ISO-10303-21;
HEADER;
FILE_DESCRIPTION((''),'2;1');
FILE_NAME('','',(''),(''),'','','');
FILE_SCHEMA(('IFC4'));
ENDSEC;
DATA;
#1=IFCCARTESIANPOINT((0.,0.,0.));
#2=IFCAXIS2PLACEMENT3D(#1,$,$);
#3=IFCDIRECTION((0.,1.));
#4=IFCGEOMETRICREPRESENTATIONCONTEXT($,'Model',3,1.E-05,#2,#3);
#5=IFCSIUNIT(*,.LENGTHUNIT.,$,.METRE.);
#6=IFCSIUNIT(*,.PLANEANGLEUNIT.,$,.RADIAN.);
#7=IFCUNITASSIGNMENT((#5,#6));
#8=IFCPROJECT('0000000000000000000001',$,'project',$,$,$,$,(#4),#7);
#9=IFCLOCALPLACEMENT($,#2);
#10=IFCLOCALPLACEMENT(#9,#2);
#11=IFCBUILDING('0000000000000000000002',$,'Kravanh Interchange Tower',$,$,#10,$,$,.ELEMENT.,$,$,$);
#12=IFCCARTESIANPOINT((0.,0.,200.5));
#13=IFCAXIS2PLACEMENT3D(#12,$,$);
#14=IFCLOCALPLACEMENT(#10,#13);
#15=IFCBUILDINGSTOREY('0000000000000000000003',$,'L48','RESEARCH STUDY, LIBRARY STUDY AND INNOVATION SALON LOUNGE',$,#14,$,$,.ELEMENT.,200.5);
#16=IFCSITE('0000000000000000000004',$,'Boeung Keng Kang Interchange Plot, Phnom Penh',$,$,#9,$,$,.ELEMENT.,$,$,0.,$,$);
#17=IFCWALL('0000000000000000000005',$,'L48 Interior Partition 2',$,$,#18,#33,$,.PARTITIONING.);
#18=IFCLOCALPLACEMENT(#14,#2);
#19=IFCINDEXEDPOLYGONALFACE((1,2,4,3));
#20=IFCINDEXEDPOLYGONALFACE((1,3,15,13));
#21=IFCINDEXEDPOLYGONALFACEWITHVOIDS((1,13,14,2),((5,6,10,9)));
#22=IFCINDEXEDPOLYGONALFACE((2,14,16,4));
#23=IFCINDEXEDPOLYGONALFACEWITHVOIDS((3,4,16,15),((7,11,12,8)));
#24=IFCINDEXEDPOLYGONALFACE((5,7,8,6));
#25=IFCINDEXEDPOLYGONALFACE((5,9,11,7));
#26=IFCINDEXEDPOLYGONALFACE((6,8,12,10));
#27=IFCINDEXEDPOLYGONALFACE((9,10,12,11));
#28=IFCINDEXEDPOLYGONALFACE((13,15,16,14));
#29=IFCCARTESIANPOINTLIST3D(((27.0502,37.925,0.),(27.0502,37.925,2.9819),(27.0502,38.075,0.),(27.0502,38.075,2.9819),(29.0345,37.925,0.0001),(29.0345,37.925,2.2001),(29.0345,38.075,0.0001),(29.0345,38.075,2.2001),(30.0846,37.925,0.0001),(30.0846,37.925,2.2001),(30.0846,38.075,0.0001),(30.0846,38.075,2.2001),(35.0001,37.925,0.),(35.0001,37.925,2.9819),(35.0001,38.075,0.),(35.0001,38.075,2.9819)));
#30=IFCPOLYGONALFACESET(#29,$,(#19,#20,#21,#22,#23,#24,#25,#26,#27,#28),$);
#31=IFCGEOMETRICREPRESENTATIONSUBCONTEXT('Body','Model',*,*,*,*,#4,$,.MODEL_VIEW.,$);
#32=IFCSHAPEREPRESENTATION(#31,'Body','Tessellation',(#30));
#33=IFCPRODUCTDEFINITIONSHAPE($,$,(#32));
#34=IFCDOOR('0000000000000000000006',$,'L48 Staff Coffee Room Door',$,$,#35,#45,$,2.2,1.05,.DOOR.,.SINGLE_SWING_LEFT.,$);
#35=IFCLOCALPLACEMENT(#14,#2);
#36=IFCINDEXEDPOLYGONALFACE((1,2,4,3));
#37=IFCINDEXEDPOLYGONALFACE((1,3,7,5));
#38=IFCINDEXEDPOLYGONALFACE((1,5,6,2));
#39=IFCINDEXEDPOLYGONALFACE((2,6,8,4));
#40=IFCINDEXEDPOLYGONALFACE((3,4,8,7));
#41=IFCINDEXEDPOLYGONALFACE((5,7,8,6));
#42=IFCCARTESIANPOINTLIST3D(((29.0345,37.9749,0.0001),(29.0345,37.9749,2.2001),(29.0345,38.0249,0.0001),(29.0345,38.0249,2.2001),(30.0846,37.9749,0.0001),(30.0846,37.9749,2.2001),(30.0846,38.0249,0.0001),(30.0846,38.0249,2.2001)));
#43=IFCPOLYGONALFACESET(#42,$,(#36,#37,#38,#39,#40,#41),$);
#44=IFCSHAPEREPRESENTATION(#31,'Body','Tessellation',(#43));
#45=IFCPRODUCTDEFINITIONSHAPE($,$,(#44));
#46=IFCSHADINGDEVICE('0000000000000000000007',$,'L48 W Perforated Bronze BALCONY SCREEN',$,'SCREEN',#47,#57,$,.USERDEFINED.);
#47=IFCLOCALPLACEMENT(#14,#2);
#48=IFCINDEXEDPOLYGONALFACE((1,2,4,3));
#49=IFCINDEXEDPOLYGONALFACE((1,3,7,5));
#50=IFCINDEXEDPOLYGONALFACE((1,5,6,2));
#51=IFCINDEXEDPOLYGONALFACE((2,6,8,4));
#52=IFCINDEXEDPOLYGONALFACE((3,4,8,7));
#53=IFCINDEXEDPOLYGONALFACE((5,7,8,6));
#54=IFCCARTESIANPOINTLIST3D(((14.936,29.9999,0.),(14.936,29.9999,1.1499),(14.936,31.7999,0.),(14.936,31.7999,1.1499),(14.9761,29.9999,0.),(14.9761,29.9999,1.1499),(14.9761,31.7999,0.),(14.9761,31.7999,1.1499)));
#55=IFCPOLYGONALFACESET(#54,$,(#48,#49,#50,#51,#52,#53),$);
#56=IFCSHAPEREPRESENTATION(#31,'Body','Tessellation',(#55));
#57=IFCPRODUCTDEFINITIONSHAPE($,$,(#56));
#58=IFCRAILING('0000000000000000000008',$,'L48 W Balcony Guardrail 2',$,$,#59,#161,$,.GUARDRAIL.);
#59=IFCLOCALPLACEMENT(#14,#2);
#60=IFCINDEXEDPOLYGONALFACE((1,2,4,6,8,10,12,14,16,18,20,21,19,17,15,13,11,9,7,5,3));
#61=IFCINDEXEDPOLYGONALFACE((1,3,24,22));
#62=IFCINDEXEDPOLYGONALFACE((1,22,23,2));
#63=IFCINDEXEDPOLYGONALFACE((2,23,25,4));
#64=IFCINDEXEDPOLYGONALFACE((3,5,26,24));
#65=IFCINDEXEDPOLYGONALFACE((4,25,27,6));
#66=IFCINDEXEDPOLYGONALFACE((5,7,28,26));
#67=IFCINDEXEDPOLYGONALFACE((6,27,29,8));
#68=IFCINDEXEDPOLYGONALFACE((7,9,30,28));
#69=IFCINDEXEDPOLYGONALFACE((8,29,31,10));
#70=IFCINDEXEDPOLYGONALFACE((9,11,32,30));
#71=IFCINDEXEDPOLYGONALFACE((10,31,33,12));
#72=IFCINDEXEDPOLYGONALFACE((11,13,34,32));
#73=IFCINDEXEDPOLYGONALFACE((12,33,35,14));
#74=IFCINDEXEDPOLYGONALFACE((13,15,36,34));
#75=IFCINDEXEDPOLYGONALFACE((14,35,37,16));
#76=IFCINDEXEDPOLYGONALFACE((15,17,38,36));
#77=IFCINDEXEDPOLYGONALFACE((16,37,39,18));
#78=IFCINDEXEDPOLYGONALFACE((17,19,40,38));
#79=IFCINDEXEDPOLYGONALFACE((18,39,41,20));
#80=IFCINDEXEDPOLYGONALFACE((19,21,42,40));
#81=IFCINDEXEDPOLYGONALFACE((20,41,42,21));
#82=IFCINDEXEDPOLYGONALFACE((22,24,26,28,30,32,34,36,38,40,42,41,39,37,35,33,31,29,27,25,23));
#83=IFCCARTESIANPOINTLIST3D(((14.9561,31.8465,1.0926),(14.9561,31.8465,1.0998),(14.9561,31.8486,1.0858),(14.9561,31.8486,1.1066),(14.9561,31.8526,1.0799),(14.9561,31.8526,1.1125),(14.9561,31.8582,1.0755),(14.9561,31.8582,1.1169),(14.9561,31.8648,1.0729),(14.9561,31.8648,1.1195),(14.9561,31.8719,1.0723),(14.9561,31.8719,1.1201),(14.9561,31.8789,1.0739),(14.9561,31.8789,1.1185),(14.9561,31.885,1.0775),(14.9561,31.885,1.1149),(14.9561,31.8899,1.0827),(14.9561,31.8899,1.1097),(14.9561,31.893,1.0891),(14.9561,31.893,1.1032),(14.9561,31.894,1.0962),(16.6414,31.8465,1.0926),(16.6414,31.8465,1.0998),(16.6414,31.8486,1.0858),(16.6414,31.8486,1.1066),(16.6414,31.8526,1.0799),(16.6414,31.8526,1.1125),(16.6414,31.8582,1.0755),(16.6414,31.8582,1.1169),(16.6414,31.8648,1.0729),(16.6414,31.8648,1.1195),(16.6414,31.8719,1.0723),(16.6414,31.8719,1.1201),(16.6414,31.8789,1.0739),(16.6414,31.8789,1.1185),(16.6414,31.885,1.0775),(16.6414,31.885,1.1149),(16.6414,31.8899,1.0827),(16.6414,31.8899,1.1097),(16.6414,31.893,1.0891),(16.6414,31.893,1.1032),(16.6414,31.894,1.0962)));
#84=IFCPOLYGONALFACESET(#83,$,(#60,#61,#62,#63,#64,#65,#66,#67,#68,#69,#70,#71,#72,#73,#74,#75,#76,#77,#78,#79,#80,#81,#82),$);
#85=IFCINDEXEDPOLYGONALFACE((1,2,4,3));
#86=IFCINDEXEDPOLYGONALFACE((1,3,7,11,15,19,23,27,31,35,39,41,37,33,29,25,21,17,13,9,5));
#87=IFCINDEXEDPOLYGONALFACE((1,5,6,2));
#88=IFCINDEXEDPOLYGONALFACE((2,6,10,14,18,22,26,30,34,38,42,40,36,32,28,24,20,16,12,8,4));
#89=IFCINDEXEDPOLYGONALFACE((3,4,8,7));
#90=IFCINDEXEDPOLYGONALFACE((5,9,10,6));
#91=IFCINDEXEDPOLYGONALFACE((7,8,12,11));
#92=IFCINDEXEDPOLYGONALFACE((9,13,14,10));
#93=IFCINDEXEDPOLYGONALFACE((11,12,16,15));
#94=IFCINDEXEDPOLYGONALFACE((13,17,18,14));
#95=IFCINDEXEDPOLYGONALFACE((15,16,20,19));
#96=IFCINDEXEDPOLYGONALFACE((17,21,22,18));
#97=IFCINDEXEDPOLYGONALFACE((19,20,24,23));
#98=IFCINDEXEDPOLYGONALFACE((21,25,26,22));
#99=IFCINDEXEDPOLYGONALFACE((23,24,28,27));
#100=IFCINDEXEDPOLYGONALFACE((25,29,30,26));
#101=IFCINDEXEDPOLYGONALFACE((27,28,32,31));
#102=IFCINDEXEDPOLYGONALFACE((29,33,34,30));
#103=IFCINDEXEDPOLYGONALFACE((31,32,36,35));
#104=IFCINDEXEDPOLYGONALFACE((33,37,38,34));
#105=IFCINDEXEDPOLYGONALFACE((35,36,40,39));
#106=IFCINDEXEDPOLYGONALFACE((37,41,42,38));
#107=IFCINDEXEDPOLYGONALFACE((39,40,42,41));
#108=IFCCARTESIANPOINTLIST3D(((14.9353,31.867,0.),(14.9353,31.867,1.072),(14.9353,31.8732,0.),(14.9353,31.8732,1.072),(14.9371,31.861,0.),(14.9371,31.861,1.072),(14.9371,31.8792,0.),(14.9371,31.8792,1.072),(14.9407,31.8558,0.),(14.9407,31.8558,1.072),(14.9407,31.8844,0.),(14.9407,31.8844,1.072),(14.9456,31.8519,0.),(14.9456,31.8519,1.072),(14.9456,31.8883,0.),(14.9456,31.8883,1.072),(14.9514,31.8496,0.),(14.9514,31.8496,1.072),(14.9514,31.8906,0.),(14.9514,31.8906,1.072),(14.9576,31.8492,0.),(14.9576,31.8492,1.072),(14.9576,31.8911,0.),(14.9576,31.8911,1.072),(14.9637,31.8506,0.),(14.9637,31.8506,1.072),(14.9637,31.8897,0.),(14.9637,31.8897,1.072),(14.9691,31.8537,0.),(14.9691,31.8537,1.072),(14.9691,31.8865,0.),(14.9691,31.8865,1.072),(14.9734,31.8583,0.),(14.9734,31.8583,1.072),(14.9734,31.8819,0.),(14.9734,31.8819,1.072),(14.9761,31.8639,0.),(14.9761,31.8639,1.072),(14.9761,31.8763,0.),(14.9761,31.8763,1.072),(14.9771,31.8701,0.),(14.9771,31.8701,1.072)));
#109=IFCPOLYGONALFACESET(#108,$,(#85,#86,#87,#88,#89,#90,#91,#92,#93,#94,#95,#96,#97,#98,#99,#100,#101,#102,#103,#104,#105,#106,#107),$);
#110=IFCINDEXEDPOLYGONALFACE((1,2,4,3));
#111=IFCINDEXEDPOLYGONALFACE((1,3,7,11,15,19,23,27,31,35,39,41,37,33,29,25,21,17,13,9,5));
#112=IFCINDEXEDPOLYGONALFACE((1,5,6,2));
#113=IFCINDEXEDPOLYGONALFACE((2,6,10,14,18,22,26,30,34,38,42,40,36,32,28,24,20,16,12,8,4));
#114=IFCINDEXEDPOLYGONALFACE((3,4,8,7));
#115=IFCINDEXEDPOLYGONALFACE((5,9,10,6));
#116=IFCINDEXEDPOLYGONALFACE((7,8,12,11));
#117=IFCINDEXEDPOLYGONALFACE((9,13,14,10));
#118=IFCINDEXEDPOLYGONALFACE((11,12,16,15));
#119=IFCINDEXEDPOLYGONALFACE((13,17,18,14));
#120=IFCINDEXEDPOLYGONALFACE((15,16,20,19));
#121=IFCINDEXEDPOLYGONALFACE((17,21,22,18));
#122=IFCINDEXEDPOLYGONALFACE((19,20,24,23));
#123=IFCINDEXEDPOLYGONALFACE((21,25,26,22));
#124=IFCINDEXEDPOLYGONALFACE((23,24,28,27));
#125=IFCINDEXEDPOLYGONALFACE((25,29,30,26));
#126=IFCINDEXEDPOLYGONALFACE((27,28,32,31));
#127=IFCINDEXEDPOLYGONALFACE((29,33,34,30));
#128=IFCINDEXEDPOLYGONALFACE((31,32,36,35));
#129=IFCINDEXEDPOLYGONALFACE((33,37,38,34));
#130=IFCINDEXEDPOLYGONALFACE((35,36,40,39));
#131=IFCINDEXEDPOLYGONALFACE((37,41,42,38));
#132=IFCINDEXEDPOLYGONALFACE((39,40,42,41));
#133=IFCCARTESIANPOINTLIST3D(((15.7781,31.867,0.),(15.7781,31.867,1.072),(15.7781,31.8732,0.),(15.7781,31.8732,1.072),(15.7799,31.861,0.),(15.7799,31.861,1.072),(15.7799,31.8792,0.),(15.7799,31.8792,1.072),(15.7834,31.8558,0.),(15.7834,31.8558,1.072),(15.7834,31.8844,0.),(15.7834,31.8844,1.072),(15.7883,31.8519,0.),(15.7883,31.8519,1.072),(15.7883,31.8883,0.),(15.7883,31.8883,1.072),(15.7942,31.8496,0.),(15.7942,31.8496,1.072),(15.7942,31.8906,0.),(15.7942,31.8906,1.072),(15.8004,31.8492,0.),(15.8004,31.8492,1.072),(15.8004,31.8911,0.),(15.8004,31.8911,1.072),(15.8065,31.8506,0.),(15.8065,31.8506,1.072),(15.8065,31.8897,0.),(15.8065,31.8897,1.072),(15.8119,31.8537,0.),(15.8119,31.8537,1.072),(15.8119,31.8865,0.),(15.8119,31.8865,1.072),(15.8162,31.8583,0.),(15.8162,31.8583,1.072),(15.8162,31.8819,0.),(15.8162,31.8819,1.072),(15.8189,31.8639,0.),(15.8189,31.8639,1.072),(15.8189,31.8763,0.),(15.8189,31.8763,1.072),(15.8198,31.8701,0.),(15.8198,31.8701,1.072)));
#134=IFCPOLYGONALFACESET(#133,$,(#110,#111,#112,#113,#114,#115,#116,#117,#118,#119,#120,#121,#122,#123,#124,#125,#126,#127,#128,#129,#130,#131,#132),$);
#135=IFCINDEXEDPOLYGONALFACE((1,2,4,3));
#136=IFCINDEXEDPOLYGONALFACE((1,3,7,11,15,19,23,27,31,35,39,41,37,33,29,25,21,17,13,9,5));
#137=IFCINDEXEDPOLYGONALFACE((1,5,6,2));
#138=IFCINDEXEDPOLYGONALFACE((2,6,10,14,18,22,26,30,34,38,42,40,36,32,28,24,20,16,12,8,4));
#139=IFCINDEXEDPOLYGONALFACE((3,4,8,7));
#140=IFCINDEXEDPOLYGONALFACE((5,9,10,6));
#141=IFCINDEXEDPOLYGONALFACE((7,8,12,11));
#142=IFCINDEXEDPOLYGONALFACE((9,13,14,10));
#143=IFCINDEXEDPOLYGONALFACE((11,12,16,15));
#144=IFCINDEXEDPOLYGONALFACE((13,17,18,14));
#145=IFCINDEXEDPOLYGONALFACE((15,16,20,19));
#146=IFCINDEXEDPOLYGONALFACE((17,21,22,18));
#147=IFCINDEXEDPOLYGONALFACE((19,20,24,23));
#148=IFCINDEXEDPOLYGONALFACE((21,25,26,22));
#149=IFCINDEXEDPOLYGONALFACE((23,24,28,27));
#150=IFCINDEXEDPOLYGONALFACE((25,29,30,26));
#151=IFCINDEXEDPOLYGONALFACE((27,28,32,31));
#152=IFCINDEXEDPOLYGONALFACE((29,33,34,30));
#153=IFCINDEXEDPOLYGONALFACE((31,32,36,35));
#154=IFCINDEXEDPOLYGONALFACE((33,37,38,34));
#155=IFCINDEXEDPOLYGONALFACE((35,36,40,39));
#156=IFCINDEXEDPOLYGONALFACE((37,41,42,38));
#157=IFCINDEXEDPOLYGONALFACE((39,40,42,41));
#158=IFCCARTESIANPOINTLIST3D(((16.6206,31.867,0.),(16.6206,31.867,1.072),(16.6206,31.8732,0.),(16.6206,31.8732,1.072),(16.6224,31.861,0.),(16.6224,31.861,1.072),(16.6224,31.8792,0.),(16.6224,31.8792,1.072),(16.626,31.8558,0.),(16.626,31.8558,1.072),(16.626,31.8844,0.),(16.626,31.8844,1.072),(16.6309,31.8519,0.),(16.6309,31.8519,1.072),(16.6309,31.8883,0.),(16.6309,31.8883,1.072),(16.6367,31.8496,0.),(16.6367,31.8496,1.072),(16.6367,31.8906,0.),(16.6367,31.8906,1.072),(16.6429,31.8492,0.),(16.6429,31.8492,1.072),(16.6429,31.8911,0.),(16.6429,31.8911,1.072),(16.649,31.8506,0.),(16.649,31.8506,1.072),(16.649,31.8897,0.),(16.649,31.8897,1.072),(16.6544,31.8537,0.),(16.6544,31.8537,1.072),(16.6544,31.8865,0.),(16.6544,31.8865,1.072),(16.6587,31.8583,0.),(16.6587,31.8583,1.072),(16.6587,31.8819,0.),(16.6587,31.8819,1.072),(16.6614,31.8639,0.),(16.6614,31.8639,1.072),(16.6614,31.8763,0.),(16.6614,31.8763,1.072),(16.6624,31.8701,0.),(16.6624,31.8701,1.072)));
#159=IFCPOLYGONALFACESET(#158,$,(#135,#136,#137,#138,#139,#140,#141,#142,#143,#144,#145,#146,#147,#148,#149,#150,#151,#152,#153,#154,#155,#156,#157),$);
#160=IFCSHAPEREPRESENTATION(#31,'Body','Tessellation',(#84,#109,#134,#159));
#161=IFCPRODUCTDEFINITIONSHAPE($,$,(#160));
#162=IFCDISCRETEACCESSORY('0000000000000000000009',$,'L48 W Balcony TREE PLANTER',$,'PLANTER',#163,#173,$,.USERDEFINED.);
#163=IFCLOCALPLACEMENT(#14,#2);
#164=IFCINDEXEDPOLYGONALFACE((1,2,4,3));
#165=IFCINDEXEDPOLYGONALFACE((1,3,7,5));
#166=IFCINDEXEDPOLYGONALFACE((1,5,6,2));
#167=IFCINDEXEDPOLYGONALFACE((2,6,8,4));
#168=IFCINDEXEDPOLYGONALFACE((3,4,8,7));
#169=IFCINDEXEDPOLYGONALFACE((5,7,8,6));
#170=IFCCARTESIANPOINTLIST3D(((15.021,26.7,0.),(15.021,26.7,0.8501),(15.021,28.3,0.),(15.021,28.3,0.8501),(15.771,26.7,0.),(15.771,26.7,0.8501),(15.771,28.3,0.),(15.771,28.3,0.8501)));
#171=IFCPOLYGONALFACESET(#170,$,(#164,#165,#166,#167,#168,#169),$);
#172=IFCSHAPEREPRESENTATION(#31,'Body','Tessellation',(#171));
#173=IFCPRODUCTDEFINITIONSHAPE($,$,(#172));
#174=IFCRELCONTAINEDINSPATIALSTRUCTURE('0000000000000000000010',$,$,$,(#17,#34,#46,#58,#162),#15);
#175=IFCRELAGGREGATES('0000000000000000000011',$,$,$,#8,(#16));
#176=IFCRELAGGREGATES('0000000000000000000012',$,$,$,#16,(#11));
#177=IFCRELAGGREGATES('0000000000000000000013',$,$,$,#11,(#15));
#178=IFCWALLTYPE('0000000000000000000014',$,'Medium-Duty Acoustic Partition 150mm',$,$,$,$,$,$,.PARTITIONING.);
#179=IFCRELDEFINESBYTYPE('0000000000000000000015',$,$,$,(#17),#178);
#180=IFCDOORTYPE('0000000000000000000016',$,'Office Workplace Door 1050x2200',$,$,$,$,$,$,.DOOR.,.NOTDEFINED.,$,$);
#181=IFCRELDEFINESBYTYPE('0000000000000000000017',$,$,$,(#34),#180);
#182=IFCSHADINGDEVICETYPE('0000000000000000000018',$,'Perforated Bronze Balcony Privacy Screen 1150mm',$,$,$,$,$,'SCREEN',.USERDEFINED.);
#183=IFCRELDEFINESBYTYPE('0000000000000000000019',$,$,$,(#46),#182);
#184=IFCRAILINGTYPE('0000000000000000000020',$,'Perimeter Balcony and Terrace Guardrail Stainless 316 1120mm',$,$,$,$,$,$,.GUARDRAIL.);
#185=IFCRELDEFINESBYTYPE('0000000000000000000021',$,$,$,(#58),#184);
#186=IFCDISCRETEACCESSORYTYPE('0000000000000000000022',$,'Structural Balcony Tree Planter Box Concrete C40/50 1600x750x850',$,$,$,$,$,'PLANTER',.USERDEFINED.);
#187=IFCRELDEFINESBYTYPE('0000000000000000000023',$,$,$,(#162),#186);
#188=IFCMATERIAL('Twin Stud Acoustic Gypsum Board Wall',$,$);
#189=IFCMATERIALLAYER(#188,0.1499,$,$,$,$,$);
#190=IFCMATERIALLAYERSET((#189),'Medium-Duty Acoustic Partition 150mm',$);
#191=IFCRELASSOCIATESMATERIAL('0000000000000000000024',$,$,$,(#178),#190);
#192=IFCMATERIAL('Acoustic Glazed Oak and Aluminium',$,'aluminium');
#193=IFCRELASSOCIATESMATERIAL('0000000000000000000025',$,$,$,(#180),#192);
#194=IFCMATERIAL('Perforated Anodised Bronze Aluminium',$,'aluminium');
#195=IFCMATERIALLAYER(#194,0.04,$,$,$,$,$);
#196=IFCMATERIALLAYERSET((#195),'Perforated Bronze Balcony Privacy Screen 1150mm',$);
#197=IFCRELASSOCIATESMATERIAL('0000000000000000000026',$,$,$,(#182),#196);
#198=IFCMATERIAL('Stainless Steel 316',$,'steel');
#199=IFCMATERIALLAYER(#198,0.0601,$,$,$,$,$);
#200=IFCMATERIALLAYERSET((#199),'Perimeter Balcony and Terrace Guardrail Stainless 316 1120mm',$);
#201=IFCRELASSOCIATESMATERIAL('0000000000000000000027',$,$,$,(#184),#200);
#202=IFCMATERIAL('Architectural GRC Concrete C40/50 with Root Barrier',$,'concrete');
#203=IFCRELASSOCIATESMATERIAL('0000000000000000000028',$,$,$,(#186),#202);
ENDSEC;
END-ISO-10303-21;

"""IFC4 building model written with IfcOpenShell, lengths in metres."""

from ifc_helpers import new_model, si_unit, direction, frame, frame_2d, origin, origin_2d, place, context, subcontext, project, spatial, rectangle, circle, extrude, material, layer, layer_set, type_object, element, fill, save


model = new_model("IFC4")

# Units and contexts
model_context = context("Model", 3, precision=1e-05, world=origin(), true_north=direction((0.0, 1.0)))
body_context = subcontext(model_context, "Body", "Model", "MODEL_VIEW")
ifc_project = project(units=[si_unit("LENGTHUNIT", "METRE"), si_unit("PLANEANGLEUNIT", "RADIAN")], contexts=[model_context])

# Site, building, storey
site_placement = place(None, origin())
site = spatial("IfcSite", under=ifc_project, at=site_placement, Name="Boeung Keng Kang Interchange Plot, Phnom Penh", CompositionType="ELEMENT", RefElevation=0.0)
building_placement = place(site_placement, origin())
building = spatial("IfcBuilding", under=site, at=building_placement, Name="Kravanh Interchange Tower", CompositionType="ELEMENT")
storey_placement = place(building_placement, frame((0.0, 0.0, 200.5)))
storey = spatial("IfcBuildingStorey", under=building, at=storey_placement, Name="L48", Description="RESEARCH STUDY, LIBRARY STUDY AND INNOVATION SALON LOUNGE", CompositionType="ELEMENT", Elevation=200.5)

# Wall, opening, door
ifc_material_1 = material(Name="Twin Stud Acoustic Gypsum Board Wall")
ifc_layer_1 = layer(ifc_material_1, 0.1499)
ifc_layer_set_1 = layer_set([ifc_layer_1], Name="Medium-Duty Acoustic Partition 150mm")
wall_type_1 = type_object("IfcWallType", Name="Medium-Duty Acoustic Partition 150mm", PredefinedType="PARTITIONING", material=ifc_layer_set_1)
wall_1_placement = place(storey_placement, frame((27.05, 38.0, 0.0), z_axis=(0.0, 0.0, 1.0), x_axis=(1.0, 0.0, 0.0)))
wall_1 = element("IfcWall", 1, at=wall_1_placement, inside=storey, type_object=wall_type_1, Name="L48 Interior Partition 2", PredefinedType="PARTITIONING", context=body_context, shape_type="SweptSolid", body=[
    extrude(rectangle(XDim=7.95, YDim=0.1499, at=frame_2d((3.9751, 0.0))), origin(), (0.0, 0.0, 1.0), 2.9819),
])
opening_1_placement = place(wall_1_placement, frame((1.9846, 0.0, 0.0)))
opening_1 = element("IfcOpeningElement", 2, at=opening_1_placement, cuts=wall_1, PredefinedType="OPENING", context=body_context, shape_type="SweptSolid", body=[
    extrude(rectangle(XDim=1.05, YDim=2.2, at=frame_2d((0.5249, 1.1001))), frame((0.0, 0.085, 0.0), z_axis=(0.0, -1.0, 0.0), x_axis=(1.0, 0.0, 0.0)), (0.0, 0.0, 1.0), 0.1699),
])
ifc_material_2 = material(Name="Acoustic Glazed Oak and Aluminium", Category="aluminium")
door_type_1 = type_object("IfcDoorType", Name="Office Workplace Door 1050x2200", OperationType="NOTDEFINED", PredefinedType="DOOR", material=ifc_material_2)
door_1_placement = place(opening_1_placement, origin())
door_1 = element("IfcDoor", 3, at=door_1_placement, inside=storey, type_object=door_type_1, Name="L48 Staff Coffee Room Door", OperationType="SINGLE_SWING_LEFT", OverallHeight=2.2, OverallWidth=1.05, PredefinedType="DOOR", context=body_context, shape_type="SweptSolid", body=[
    extrude(rectangle(XDim=1.05, YDim=2.2, at=frame_2d((0.5249, 1.1001))), frame((0.0, 0.0249, 0.0), z_axis=(0.0, -1.0, 0.0), x_axis=(1.0, 0.0, 0.0)), (0.0, 0.0, 1.0), 0.05),
])
fill(opening_1, door_1)

# Shading device
ifc_material_3 = material(Name="Perforated Anodised Bronze Aluminium", Category="aluminium")
ifc_layer_2 = layer(ifc_material_3, 0.04)
ifc_layer_set_2 = layer_set([ifc_layer_2], Name="Perforated Bronze Balcony Privacy Screen 1150mm")
shading_device_type = type_object("IfcShadingDeviceType", Name="Perforated Bronze Balcony Privacy Screen 1150mm", ElementType="SCREEN", PredefinedType="USERDEFINED", material=ifc_layer_set_2)
shading_device_placement = place(storey_placement, frame((14.9561, 30.8999, 0.0), z_axis=(0.0, 0.0, 1.0), x_axis=(1.0, 0.0, 0.0)))
element("IfcShadingDevice", 4, at=shading_device_placement, inside=storey, type_object=shading_device_type, Name="L48 W Perforated Bronze BALCONY SCREEN", ObjectType="SCREEN", PredefinedType="USERDEFINED", context=body_context, shape_type="SweptSolid", body=[
    extrude(rectangle(XDim=0.04, YDim=1.8, at=origin_2d()), origin(), (0.0, 0.0, 1.0), 1.1499),
])

# Railing
ifc_material_4 = material(Name="Stainless Steel 316", Category="steel")
ifc_layer_3 = layer(ifc_material_4, 0.0601)
ifc_layer_set_3 = layer_set([ifc_layer_3], Name="Perimeter Balcony and Terrace Guardrail Stainless 316 1120mm")
railing_type = type_object("IfcRailingType", Name="Perimeter Balcony and Terrace Guardrail Stainless 316 1120mm", PredefinedType="GUARDRAIL", material=ifc_layer_set_3)
railing_placement = place(storey_placement, frame((14.9561, 31.8701, 0.0)))
element("IfcRailing", 5, at=railing_placement, inside=storey, type_object=railing_type, Name="L48 W Balcony Guardrail 2", PredefinedType="GUARDRAIL", context=body_context, shape_type="SweptSolid", body=[
    extrude(circle(Radius=0.0239, at=origin_2d()), frame((0.0, 0.0, 1.0962), z_axis=(1.0, 0.0, 0.0), x_axis=(0.0, 1.0, 0.0)), (0.0, 0.0, 1.0), 1.6853),
    extrude(circle(Radius=0.021, at=origin_2d()), origin(), (0.0, 0.0, 1.0), 1.072),
    extrude(circle(Radius=0.021, at=origin_2d()), frame((0.8428, 0.0, 0.0)), (0.0, 0.0, 1.0), 1.072),
    extrude(circle(Radius=0.021, at=origin_2d()), frame((1.6853, 0.0, 0.0)), (0.0, 0.0, 1.0), 1.072),
])

# Discrete accessory
ifc_material_5 = material(Name="Architectural GRC Concrete C40/50 with Root Barrier", Category="concrete")
discrete_accessory_type = type_object("IfcDiscreteAccessoryType", Name="Structural Balcony Tree Planter Box Concrete C40/50 1600x750x850", ElementType="PLANTER", PredefinedType="USERDEFINED", material=ifc_material_5)
discrete_accessory_placement = place(storey_placement, frame((15.396, 27.5, 0.0), z_axis=(0.0, 0.0, 1.0), x_axis=(1.0, 0.0, 0.0)))
element("IfcDiscreteAccessory", 6, at=discrete_accessory_placement, inside=storey, type_object=discrete_accessory_type, Name="L48 W Balcony TREE PLANTER", ObjectType="PLANTER", PredefinedType="USERDEFINED", context=body_context, shape_type="SweptSolid", body=[
    extrude(rectangle(XDim=0.75, YDim=1.6001, at=origin_2d()), origin(), (0.0, 0.0, 1.0), 0.8501),
])

save(model, "model.ifc")
